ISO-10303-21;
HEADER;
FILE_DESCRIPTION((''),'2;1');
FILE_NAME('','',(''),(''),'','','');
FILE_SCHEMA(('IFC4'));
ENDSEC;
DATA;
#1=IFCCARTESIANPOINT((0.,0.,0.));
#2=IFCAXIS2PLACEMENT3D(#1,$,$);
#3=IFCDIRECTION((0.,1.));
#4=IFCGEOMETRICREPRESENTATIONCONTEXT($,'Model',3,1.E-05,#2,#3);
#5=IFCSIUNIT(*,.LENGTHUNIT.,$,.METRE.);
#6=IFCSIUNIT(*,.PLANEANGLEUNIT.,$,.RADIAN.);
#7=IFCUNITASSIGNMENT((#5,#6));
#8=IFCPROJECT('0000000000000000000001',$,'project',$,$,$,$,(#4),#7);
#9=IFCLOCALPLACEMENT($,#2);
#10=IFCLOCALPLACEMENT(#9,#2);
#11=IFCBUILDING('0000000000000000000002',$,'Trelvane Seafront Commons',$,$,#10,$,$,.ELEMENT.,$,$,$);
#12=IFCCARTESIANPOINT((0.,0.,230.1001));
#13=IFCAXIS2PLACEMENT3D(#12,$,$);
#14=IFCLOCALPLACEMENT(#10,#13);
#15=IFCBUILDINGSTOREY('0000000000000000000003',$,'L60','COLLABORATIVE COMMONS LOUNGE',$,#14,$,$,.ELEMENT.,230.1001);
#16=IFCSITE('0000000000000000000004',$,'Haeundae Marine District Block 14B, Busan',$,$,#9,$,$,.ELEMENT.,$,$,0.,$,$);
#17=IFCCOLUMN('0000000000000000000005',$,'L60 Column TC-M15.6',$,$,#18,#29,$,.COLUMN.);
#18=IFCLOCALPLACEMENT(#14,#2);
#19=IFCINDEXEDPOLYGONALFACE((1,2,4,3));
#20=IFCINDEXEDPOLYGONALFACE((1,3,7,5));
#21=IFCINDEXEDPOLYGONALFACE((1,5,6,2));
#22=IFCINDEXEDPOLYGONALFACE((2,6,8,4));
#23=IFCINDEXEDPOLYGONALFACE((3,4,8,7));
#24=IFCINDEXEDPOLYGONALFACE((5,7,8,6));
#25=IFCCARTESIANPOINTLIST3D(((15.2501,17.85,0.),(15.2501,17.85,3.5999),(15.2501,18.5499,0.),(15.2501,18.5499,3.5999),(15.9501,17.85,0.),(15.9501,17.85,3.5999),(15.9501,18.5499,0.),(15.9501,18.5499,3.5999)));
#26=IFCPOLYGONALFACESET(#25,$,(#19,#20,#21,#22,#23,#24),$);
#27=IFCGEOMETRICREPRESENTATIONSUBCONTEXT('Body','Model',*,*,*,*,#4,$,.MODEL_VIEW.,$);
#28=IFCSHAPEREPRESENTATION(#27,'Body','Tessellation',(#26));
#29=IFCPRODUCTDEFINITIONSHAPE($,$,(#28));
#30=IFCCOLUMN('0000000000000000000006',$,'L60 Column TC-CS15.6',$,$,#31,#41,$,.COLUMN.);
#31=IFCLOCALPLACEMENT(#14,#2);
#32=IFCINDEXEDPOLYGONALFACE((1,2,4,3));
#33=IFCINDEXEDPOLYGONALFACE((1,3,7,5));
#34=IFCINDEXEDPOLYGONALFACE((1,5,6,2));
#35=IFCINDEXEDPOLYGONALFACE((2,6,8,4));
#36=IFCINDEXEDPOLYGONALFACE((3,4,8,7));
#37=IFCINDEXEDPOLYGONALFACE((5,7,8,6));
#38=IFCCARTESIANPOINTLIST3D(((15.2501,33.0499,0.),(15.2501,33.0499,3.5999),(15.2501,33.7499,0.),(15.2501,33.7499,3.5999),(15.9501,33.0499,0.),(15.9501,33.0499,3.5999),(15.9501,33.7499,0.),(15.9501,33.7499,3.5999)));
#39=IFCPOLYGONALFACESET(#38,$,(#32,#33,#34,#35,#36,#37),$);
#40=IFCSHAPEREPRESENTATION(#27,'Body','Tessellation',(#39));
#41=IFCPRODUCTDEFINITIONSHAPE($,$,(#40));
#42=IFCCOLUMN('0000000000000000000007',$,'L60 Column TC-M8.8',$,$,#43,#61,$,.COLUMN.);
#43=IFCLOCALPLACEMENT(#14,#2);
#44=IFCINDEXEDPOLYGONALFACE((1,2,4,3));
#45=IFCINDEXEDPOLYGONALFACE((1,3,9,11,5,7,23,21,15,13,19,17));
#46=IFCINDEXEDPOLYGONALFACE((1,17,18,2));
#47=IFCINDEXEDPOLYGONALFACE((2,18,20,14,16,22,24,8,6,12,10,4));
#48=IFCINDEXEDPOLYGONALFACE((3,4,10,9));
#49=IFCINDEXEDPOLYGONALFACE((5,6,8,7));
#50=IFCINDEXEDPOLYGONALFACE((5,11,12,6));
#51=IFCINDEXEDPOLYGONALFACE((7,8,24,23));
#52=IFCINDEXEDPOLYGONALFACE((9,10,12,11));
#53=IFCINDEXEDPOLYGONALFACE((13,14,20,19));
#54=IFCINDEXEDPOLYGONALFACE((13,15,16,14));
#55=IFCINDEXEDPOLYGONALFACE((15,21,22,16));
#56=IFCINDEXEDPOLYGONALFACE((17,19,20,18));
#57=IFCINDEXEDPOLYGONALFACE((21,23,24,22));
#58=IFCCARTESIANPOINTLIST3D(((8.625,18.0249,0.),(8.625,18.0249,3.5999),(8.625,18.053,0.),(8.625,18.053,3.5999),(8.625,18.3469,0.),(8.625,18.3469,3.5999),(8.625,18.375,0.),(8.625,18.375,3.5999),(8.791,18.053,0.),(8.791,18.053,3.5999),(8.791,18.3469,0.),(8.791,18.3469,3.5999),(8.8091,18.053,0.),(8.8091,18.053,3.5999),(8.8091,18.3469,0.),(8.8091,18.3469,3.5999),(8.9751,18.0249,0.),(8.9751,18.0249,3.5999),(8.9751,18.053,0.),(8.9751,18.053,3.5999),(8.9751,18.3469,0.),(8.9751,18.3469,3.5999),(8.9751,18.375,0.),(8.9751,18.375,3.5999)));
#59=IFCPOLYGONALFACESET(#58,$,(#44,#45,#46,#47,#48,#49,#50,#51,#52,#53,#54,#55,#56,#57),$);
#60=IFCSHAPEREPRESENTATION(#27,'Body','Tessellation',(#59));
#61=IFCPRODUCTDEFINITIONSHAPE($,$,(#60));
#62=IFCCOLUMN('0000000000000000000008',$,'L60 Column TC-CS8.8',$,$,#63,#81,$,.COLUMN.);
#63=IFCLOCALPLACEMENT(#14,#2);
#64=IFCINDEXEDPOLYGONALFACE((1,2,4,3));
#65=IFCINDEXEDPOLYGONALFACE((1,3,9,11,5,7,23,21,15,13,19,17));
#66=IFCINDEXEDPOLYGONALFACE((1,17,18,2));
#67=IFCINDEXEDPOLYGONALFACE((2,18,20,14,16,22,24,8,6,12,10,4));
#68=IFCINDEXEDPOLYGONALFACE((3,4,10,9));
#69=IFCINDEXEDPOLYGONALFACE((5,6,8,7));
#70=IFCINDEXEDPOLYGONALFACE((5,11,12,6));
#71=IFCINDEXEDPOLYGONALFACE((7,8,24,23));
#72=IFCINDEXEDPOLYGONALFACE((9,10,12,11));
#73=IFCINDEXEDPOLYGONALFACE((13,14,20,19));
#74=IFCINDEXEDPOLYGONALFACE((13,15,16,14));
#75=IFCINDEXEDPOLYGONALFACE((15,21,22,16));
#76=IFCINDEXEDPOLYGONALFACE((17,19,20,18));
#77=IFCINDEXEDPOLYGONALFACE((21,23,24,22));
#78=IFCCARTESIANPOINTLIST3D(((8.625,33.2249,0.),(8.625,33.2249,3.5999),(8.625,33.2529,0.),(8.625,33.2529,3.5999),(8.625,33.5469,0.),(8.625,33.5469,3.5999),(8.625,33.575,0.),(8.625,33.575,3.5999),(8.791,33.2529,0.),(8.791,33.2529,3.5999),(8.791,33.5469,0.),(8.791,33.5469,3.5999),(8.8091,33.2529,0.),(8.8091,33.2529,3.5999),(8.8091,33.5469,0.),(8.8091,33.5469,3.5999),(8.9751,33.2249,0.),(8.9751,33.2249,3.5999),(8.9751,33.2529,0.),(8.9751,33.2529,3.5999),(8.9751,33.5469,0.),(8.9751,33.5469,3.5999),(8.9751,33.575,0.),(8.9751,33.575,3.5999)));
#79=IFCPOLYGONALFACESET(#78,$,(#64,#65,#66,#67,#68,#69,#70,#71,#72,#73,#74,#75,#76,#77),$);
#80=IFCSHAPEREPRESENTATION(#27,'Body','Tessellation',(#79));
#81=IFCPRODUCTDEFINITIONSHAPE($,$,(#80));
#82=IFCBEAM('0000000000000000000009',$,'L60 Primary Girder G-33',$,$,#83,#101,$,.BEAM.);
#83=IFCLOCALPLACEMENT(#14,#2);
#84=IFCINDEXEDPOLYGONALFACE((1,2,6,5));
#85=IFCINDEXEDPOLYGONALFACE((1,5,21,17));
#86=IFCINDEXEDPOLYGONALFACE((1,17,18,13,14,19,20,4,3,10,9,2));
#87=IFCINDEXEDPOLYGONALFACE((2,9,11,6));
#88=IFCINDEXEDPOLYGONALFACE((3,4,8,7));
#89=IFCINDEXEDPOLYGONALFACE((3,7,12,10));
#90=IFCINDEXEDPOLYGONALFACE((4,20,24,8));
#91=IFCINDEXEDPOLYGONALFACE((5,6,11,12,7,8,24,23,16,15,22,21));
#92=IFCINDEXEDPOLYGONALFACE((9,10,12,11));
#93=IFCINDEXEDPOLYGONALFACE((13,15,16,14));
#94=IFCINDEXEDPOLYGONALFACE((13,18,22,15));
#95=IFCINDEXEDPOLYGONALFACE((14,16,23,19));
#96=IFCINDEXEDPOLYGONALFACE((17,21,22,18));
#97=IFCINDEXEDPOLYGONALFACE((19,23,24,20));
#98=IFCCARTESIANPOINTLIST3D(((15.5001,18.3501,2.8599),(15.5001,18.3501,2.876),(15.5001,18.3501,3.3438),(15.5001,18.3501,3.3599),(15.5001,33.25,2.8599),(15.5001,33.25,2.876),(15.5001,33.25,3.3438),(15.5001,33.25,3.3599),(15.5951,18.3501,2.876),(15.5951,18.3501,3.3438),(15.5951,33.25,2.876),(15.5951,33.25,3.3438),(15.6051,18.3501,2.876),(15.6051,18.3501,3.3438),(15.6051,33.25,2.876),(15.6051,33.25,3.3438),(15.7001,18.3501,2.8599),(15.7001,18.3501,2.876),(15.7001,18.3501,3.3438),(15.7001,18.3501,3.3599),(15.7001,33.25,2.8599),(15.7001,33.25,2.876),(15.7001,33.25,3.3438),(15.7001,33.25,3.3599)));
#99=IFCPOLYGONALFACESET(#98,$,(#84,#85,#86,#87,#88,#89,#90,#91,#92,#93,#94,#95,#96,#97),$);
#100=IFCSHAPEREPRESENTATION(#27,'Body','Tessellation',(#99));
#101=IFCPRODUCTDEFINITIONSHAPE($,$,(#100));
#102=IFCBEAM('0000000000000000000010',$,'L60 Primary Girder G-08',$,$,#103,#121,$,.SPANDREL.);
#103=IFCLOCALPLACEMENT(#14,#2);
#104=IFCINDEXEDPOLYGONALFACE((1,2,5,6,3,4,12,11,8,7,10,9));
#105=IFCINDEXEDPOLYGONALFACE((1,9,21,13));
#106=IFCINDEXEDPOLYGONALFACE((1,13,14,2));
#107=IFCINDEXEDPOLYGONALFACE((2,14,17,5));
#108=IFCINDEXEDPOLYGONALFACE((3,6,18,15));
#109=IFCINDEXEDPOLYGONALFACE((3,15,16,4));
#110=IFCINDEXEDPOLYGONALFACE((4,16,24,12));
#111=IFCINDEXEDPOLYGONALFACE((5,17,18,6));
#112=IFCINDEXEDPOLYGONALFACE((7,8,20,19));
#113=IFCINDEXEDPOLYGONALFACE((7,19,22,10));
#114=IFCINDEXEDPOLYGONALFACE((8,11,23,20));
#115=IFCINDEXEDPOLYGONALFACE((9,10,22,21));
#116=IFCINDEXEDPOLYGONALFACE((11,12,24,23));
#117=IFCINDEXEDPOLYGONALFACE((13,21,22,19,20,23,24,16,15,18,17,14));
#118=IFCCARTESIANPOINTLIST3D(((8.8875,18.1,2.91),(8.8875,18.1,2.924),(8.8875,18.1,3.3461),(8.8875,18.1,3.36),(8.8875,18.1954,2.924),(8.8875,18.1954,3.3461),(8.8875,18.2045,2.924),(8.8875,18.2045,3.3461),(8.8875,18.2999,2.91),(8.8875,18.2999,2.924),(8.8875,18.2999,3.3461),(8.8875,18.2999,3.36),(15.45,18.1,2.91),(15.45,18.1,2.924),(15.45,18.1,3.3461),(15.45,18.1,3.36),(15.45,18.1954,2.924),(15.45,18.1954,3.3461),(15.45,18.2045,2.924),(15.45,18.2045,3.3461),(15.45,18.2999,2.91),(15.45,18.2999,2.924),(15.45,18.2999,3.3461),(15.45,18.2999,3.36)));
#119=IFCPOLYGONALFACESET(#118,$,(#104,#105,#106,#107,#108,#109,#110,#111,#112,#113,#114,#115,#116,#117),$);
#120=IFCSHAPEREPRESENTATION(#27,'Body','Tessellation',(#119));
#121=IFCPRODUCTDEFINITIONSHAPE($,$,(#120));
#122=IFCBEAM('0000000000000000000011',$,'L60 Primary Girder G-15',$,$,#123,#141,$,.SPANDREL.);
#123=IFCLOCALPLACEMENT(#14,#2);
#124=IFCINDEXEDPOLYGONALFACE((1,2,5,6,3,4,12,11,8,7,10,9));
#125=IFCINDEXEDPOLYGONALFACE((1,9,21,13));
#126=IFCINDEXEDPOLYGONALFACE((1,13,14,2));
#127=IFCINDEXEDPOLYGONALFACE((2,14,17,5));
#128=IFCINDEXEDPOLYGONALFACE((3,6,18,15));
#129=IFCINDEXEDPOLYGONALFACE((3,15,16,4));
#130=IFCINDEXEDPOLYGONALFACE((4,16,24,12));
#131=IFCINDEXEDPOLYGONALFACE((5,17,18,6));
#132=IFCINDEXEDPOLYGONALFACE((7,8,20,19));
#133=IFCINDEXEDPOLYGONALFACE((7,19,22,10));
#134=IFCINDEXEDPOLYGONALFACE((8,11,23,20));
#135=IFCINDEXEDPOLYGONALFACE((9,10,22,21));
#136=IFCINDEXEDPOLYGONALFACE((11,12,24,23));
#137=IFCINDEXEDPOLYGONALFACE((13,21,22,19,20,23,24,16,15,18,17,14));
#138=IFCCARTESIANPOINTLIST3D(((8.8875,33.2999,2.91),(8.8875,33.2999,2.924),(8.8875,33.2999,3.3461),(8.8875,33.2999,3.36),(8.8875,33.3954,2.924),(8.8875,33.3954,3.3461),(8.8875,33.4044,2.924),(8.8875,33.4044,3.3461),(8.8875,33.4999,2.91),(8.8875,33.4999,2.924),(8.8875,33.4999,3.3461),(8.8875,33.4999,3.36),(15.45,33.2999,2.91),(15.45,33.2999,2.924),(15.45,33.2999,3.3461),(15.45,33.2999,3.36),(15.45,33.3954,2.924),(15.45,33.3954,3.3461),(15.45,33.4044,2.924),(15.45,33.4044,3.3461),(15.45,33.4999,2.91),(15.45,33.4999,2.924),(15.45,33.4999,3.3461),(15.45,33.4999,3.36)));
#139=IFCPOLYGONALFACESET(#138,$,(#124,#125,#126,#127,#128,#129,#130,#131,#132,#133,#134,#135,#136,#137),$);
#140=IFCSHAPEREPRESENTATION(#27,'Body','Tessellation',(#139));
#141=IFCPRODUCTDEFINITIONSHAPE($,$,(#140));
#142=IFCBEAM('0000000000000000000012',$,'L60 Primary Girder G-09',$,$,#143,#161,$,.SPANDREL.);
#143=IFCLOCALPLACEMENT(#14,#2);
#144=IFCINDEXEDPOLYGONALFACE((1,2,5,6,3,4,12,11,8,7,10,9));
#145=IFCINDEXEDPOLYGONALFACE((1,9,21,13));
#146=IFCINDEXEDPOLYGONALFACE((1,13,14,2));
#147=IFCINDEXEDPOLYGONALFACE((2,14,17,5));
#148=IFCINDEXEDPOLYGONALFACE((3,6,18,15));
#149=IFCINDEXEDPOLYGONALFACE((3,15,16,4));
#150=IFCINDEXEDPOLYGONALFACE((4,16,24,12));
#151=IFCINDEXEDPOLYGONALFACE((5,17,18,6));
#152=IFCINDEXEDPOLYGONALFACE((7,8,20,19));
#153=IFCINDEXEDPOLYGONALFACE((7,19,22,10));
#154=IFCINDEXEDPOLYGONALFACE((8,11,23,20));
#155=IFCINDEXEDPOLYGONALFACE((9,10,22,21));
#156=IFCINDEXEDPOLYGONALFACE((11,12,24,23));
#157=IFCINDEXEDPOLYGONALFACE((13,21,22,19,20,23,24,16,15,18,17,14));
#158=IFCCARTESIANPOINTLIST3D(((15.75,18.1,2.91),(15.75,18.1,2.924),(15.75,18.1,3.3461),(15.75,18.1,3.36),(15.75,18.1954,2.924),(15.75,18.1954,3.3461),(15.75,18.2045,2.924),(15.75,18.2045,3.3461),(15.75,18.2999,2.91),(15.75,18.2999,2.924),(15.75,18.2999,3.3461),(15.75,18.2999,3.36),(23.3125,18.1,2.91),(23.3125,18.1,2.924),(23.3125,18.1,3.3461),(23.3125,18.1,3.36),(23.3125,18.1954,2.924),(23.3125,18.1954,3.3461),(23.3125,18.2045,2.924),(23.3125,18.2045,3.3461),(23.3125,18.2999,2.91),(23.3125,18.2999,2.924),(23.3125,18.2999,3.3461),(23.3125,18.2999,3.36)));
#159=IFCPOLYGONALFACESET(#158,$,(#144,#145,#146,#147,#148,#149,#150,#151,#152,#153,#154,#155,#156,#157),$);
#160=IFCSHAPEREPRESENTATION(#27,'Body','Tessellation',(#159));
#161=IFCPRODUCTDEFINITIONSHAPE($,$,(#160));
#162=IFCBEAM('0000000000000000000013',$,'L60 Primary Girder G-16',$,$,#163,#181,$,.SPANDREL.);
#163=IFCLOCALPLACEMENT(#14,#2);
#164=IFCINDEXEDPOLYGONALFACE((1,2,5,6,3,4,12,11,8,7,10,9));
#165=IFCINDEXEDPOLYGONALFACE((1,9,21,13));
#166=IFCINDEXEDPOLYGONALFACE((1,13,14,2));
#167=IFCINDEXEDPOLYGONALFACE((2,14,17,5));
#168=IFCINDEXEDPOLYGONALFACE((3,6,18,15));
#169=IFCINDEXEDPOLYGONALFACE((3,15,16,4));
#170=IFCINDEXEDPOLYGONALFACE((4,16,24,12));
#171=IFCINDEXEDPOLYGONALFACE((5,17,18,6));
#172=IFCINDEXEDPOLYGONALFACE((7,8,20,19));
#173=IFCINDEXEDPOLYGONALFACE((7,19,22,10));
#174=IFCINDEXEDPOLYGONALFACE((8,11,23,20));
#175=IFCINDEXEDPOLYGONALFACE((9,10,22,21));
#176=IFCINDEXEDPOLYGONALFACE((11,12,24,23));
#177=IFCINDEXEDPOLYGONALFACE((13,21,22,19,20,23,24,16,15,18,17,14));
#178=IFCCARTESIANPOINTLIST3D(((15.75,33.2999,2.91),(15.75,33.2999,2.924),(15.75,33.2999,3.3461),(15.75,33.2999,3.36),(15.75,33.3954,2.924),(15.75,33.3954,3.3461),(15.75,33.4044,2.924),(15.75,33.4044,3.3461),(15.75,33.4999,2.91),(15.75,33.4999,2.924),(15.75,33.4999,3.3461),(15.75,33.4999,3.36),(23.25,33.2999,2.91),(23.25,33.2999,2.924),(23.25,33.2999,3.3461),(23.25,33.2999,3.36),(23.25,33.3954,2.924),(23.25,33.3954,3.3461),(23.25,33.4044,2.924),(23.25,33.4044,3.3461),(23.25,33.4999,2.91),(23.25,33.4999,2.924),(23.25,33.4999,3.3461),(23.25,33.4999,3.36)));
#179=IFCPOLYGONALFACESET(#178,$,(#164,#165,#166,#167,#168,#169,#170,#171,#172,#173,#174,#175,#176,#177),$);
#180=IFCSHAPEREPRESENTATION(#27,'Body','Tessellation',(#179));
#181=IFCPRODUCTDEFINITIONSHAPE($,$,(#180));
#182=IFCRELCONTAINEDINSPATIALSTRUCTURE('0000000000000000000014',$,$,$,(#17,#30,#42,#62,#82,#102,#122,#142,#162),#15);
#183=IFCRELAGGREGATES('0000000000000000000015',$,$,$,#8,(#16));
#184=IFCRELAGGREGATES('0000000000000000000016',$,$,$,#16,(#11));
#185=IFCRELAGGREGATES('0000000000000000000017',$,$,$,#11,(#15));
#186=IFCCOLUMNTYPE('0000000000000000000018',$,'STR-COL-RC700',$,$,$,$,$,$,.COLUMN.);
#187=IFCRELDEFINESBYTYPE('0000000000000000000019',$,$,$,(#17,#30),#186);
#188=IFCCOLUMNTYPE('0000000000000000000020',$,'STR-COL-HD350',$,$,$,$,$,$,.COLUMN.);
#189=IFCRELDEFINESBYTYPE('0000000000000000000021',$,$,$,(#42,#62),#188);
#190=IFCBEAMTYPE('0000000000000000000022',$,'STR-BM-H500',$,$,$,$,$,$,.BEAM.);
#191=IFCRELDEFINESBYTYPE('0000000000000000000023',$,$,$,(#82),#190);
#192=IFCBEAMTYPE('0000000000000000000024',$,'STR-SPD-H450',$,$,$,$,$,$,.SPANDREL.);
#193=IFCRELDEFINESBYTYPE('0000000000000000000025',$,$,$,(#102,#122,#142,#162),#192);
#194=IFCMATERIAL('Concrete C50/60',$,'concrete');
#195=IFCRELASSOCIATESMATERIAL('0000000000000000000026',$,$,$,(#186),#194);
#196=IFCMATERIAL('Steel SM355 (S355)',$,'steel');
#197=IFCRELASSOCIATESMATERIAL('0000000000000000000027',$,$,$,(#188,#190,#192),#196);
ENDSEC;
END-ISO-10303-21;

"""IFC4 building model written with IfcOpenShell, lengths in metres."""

from ifc_helpers import new_model, si_unit, direction, frame, origin, origin_2d, place, context, subcontext, project, spatial, rectangle, i_section, extrude, source, transform, mapped, material, material_profile, profile_set, type_object, element, save


model = new_model("IFC4")

# Units and contexts
model_context = context("Model", 3, precision=1e-05, world=origin(), true_north=direction((0.0, 1.0)))
body_context = subcontext(model_context, "Body", "Model", "MODEL_VIEW")
ifc_project = project(units=[si_unit("LENGTHUNIT", "METRE"), si_unit("PLANEANGLEUNIT", "RADIAN")], contexts=[model_context])

# Site, building, storey
site_placement = place(None, origin())
site = spatial("IfcSite", under=ifc_project, at=site_placement, Name="Haeundae Marine District Block 14B, Busan", CompositionType="ELEMENT", RefElevation=0.0)
building_placement = place(site_placement, origin())
building = spatial("IfcBuilding", under=site, at=building_placement, Name="Trelvane Seafront Commons", CompositionType="ELEMENT")
storey_placement = place(building_placement, frame((0.0, 0.0, 230.1001)))
storey = spatial("IfcBuildingStorey", under=building, at=storey_placement, Name="L60", Description="COLLABORATIVE COMMONS LOUNGE", CompositionType="ELEMENT", Elevation=230.1001)

# Columns
ifc_material_1 = material(Name="Concrete C50/60", Category="concrete")
ifc_material_profile_1 = material_profile(ifc_material_1, rectangle(XDim=0.7, YDim=0.7, at=origin_2d()), Name="RC-700x700")
ifc_profile_set_1 = profile_set([ifc_material_profile_1], Name="Concrete C50/60")
column_type_1 = type_object("IfcColumnType", Name="STR-COL-RC700", PredefinedType="COLUMN", material=ifc_profile_set_1)
shared_shape_1 = source(origin(), body_context, "Body", "SweptSolid", [
    extrude(rectangle(XDim=0.7, YDim=0.7, at=origin_2d()), origin(), (0.0, 0.0, 1.0), 3.5999),
])
for number, where, z_axis, x_axis, name in (
    (1, (15.6001, 18.2, 0.0), (0.0, 0.0, 1.0), (1.0, 0.0, 0.0), "L60 Column TC-M15.6"),
    (2, (15.6001, 33.3999, 0.0), (0.0, 0.0, 1.0), (1.0, 0.0, 0.0), "L60 Column TC-CS15.6"),
):
    element("IfcColumn", number, at=place(storey_placement, frame(where, z_axis=z_axis, x_axis=x_axis)), inside=storey, type_object=column_type_1, Name=name, PredefinedType="COLUMN", context=body_context, shape_type="MappedRepresentation", body=[
        mapped(shared_shape_1, transform((0.0, 0.0, 0.0), x_axis=(1.0, 0.0, 0.0), y_axis=(0.0, 1.0, 0.0), z_axis=(0.0, 0.0, 1.0), scale=1.0)),
    ])
ifc_material_2 = material(Name="Steel SM355 (S355)", Category="steel")
ifc_material_profile_2 = material_profile(ifc_material_2, i_section(OverallWidth=0.3501, OverallDepth=0.3501, WebThickness=0.0181, FlangeThickness=0.0281, at=origin_2d()), Name="HD-350x350x18x28")
ifc_profile_set_2 = profile_set([ifc_material_profile_2], Name="Steel SM355 (S355)")
column_type_2 = type_object("IfcColumnType", Name="STR-COL-HD350", PredefinedType="COLUMN", material=ifc_profile_set_2)
shared_shape_2 = source(origin(), body_context, "Body", "SweptSolid", [
    extrude(i_section(OverallWidth=0.3501, OverallDepth=0.3501, WebThickness=0.0181, FlangeThickness=0.0281, at=origin_2d()), origin(), (0.0, 0.0, 1.0), 3.5999),
])
for number, where, z_axis, x_axis, name in (
    (3, (8.8, 18.2, 0.0), (0.0, 0.0, 1.0), (1.0, 0.0, 0.0), "L60 Column TC-M8.8"),
    (4, (8.8, 33.3999, 0.0), (0.0, 0.0, 1.0), (1.0, 0.0, 0.0), "L60 Column TC-CS8.8"),
):
    element("IfcColumn", number, at=place(storey_placement, frame(where, z_axis=z_axis, x_axis=x_axis)), inside=storey, type_object=column_type_2, Name=name, PredefinedType="COLUMN", context=body_context, shape_type="MappedRepresentation", body=[
        mapped(shared_shape_2, transform((0.0, 0.0, 0.0), x_axis=(1.0, 0.0, 0.0), y_axis=(0.0, 1.0, 0.0), z_axis=(0.0, 0.0, 1.0), scale=1.0)),
    ])

# Beams
ifc_material_profile_3 = material_profile(ifc_material_2, i_section(OverallWidth=0.2, OverallDepth=0.5, WebThickness=0.01, FlangeThickness=0.0161, at=origin_2d()), Name="H-500x200x10x16")
ifc_profile_set_3 = profile_set([ifc_material_profile_3], Name="Steel SM355 (S355)")
beam_type_1 = type_object("IfcBeamType", Name="STR-BM-H500", PredefinedType="BEAM", material=ifc_profile_set_3)
shared_shape_3 = source(origin(), body_context, "Body", "SweptSolid", [
    extrude(i_section(OverallWidth=0.2, OverallDepth=0.5, WebThickness=0.01, FlangeThickness=0.0161, at=origin_2d()), origin(), (0.0, 0.0, 1.0), 14.8999),
])
beam_1_placement = place(storey_placement, frame((15.6001, 18.3501, 3.1099), z_axis=(0.0, 1.0, 0.0), x_axis=(-1.0, 0.0, 0.0)))
element("IfcBeam", 5, at=beam_1_placement, inside=storey, type_object=beam_type_1, Name="L60 Primary Girder G-33", PredefinedType="BEAM", context=body_context, shape_type="MappedRepresentation", body=[
    mapped(shared_shape_3, transform((0.0, 0.0, 0.0), x_axis=(1.0, 0.0, 0.0), y_axis=(0.0, 1.0, 0.0), z_axis=(0.0, 0.0, 1.0), scale=1.0)),
])
ifc_material_profile_4 = material_profile(ifc_material_2, i_section(OverallWidth=0.2, OverallDepth=0.45, WebThickness=0.009, FlangeThickness=0.0139, at=origin_2d()), Name="H-450x200x9x14")
ifc_profile_set_4 = profile_set([ifc_material_profile_4], Name="Steel SM355 (S355)")
beam_type_2 = type_object("IfcBeamType", Name="STR-SPD-H450", PredefinedType="SPANDREL", material=ifc_profile_set_4)
shared_shape_4 = source(origin(), body_context, "Body", "SweptSolid", [
    extrude(i_section(OverallWidth=0.2, OverallDepth=0.45, WebThickness=0.009, FlangeThickness=0.0139, at=origin_2d()), origin(), (0.0, 0.0, 1.0), 6.5625),
])
for number, where, z_axis, x_axis, name in (
    (6, (8.8875, 18.2, 3.135), (1.0, 0.0, 0.0), (0.0, 1.0, 0.0), "L60 Primary Girder G-08"),
    (7, (8.8875, 33.3999, 3.135), (1.0, 0.0, 0.0), (0.0, 1.0, 0.0), "L60 Primary Girder G-15"),
):
    element("IfcBeam", number, at=place(storey_placement, frame(where, z_axis=z_axis, x_axis=x_axis)), inside=storey, type_object=beam_type_2, Name=name, PredefinedType="SPANDREL", context=body_context, shape_type="MappedRepresentation", body=[
        mapped(shared_shape_4, transform((0.0, 0.0, 0.0), x_axis=(1.0, 0.0, 0.0), y_axis=(0.0, 1.0, 0.0), z_axis=(0.0, 0.0, 1.0), scale=1.0)),
    ])
shared_shape_5 = source(origin(), body_context, "Body", "SweptSolid", [
    extrude(i_section(OverallWidth=0.2, OverallDepth=0.45, WebThickness=0.009, FlangeThickness=0.0139, at=origin_2d()), origin(), (0.0, 0.0, 1.0), 7.5625),
])
beam_2_placement = place(storey_placement, frame((15.75, 18.2, 3.135), z_axis=(1.0, 0.0, 0.0), x_axis=(0.0, 1.0, 0.0)))
element("IfcBeam", 8, at=beam_2_placement, inside=storey, type_object=beam_type_2, Name="L60 Primary Girder G-09", PredefinedType="SPANDREL", context=body_context, shape_type="MappedRepresentation", body=[
    mapped(shared_shape_5, transform((0.0, 0.0, 0.0), x_axis=(1.0, 0.0, 0.0), y_axis=(0.0, 1.0, 0.0), z_axis=(0.0, 0.0, 1.0), scale=1.0)),
])
shared_shape_6 = source(origin(), body_context, "Body", "SweptSolid", [
    extrude(i_section(OverallWidth=0.2, OverallDepth=0.45, WebThickness=0.009, FlangeThickness=0.0139, at=origin_2d()), origin(), (0.0, 0.0, 1.0), 7.5),
])
beam_3_placement = place(storey_placement, frame((15.75, 33.3999, 3.135), z_axis=(1.0, 0.0, 0.0), x_axis=(0.0, 1.0, 0.0)))
element("IfcBeam", 9, at=beam_3_placement, inside=storey, type_object=beam_type_2, Name="L60 Primary Girder G-16", PredefinedType="SPANDREL", context=body_context, shape_type="MappedRepresentation", body=[
    mapped(shared_shape_6, transform((0.0, 0.0, 0.0), x_axis=(1.0, 0.0, 0.0), y_axis=(0.0, 1.0, 0.0), z_axis=(0.0, 0.0, 1.0), scale=1.0)),
])

save(model, "model.ifc")
